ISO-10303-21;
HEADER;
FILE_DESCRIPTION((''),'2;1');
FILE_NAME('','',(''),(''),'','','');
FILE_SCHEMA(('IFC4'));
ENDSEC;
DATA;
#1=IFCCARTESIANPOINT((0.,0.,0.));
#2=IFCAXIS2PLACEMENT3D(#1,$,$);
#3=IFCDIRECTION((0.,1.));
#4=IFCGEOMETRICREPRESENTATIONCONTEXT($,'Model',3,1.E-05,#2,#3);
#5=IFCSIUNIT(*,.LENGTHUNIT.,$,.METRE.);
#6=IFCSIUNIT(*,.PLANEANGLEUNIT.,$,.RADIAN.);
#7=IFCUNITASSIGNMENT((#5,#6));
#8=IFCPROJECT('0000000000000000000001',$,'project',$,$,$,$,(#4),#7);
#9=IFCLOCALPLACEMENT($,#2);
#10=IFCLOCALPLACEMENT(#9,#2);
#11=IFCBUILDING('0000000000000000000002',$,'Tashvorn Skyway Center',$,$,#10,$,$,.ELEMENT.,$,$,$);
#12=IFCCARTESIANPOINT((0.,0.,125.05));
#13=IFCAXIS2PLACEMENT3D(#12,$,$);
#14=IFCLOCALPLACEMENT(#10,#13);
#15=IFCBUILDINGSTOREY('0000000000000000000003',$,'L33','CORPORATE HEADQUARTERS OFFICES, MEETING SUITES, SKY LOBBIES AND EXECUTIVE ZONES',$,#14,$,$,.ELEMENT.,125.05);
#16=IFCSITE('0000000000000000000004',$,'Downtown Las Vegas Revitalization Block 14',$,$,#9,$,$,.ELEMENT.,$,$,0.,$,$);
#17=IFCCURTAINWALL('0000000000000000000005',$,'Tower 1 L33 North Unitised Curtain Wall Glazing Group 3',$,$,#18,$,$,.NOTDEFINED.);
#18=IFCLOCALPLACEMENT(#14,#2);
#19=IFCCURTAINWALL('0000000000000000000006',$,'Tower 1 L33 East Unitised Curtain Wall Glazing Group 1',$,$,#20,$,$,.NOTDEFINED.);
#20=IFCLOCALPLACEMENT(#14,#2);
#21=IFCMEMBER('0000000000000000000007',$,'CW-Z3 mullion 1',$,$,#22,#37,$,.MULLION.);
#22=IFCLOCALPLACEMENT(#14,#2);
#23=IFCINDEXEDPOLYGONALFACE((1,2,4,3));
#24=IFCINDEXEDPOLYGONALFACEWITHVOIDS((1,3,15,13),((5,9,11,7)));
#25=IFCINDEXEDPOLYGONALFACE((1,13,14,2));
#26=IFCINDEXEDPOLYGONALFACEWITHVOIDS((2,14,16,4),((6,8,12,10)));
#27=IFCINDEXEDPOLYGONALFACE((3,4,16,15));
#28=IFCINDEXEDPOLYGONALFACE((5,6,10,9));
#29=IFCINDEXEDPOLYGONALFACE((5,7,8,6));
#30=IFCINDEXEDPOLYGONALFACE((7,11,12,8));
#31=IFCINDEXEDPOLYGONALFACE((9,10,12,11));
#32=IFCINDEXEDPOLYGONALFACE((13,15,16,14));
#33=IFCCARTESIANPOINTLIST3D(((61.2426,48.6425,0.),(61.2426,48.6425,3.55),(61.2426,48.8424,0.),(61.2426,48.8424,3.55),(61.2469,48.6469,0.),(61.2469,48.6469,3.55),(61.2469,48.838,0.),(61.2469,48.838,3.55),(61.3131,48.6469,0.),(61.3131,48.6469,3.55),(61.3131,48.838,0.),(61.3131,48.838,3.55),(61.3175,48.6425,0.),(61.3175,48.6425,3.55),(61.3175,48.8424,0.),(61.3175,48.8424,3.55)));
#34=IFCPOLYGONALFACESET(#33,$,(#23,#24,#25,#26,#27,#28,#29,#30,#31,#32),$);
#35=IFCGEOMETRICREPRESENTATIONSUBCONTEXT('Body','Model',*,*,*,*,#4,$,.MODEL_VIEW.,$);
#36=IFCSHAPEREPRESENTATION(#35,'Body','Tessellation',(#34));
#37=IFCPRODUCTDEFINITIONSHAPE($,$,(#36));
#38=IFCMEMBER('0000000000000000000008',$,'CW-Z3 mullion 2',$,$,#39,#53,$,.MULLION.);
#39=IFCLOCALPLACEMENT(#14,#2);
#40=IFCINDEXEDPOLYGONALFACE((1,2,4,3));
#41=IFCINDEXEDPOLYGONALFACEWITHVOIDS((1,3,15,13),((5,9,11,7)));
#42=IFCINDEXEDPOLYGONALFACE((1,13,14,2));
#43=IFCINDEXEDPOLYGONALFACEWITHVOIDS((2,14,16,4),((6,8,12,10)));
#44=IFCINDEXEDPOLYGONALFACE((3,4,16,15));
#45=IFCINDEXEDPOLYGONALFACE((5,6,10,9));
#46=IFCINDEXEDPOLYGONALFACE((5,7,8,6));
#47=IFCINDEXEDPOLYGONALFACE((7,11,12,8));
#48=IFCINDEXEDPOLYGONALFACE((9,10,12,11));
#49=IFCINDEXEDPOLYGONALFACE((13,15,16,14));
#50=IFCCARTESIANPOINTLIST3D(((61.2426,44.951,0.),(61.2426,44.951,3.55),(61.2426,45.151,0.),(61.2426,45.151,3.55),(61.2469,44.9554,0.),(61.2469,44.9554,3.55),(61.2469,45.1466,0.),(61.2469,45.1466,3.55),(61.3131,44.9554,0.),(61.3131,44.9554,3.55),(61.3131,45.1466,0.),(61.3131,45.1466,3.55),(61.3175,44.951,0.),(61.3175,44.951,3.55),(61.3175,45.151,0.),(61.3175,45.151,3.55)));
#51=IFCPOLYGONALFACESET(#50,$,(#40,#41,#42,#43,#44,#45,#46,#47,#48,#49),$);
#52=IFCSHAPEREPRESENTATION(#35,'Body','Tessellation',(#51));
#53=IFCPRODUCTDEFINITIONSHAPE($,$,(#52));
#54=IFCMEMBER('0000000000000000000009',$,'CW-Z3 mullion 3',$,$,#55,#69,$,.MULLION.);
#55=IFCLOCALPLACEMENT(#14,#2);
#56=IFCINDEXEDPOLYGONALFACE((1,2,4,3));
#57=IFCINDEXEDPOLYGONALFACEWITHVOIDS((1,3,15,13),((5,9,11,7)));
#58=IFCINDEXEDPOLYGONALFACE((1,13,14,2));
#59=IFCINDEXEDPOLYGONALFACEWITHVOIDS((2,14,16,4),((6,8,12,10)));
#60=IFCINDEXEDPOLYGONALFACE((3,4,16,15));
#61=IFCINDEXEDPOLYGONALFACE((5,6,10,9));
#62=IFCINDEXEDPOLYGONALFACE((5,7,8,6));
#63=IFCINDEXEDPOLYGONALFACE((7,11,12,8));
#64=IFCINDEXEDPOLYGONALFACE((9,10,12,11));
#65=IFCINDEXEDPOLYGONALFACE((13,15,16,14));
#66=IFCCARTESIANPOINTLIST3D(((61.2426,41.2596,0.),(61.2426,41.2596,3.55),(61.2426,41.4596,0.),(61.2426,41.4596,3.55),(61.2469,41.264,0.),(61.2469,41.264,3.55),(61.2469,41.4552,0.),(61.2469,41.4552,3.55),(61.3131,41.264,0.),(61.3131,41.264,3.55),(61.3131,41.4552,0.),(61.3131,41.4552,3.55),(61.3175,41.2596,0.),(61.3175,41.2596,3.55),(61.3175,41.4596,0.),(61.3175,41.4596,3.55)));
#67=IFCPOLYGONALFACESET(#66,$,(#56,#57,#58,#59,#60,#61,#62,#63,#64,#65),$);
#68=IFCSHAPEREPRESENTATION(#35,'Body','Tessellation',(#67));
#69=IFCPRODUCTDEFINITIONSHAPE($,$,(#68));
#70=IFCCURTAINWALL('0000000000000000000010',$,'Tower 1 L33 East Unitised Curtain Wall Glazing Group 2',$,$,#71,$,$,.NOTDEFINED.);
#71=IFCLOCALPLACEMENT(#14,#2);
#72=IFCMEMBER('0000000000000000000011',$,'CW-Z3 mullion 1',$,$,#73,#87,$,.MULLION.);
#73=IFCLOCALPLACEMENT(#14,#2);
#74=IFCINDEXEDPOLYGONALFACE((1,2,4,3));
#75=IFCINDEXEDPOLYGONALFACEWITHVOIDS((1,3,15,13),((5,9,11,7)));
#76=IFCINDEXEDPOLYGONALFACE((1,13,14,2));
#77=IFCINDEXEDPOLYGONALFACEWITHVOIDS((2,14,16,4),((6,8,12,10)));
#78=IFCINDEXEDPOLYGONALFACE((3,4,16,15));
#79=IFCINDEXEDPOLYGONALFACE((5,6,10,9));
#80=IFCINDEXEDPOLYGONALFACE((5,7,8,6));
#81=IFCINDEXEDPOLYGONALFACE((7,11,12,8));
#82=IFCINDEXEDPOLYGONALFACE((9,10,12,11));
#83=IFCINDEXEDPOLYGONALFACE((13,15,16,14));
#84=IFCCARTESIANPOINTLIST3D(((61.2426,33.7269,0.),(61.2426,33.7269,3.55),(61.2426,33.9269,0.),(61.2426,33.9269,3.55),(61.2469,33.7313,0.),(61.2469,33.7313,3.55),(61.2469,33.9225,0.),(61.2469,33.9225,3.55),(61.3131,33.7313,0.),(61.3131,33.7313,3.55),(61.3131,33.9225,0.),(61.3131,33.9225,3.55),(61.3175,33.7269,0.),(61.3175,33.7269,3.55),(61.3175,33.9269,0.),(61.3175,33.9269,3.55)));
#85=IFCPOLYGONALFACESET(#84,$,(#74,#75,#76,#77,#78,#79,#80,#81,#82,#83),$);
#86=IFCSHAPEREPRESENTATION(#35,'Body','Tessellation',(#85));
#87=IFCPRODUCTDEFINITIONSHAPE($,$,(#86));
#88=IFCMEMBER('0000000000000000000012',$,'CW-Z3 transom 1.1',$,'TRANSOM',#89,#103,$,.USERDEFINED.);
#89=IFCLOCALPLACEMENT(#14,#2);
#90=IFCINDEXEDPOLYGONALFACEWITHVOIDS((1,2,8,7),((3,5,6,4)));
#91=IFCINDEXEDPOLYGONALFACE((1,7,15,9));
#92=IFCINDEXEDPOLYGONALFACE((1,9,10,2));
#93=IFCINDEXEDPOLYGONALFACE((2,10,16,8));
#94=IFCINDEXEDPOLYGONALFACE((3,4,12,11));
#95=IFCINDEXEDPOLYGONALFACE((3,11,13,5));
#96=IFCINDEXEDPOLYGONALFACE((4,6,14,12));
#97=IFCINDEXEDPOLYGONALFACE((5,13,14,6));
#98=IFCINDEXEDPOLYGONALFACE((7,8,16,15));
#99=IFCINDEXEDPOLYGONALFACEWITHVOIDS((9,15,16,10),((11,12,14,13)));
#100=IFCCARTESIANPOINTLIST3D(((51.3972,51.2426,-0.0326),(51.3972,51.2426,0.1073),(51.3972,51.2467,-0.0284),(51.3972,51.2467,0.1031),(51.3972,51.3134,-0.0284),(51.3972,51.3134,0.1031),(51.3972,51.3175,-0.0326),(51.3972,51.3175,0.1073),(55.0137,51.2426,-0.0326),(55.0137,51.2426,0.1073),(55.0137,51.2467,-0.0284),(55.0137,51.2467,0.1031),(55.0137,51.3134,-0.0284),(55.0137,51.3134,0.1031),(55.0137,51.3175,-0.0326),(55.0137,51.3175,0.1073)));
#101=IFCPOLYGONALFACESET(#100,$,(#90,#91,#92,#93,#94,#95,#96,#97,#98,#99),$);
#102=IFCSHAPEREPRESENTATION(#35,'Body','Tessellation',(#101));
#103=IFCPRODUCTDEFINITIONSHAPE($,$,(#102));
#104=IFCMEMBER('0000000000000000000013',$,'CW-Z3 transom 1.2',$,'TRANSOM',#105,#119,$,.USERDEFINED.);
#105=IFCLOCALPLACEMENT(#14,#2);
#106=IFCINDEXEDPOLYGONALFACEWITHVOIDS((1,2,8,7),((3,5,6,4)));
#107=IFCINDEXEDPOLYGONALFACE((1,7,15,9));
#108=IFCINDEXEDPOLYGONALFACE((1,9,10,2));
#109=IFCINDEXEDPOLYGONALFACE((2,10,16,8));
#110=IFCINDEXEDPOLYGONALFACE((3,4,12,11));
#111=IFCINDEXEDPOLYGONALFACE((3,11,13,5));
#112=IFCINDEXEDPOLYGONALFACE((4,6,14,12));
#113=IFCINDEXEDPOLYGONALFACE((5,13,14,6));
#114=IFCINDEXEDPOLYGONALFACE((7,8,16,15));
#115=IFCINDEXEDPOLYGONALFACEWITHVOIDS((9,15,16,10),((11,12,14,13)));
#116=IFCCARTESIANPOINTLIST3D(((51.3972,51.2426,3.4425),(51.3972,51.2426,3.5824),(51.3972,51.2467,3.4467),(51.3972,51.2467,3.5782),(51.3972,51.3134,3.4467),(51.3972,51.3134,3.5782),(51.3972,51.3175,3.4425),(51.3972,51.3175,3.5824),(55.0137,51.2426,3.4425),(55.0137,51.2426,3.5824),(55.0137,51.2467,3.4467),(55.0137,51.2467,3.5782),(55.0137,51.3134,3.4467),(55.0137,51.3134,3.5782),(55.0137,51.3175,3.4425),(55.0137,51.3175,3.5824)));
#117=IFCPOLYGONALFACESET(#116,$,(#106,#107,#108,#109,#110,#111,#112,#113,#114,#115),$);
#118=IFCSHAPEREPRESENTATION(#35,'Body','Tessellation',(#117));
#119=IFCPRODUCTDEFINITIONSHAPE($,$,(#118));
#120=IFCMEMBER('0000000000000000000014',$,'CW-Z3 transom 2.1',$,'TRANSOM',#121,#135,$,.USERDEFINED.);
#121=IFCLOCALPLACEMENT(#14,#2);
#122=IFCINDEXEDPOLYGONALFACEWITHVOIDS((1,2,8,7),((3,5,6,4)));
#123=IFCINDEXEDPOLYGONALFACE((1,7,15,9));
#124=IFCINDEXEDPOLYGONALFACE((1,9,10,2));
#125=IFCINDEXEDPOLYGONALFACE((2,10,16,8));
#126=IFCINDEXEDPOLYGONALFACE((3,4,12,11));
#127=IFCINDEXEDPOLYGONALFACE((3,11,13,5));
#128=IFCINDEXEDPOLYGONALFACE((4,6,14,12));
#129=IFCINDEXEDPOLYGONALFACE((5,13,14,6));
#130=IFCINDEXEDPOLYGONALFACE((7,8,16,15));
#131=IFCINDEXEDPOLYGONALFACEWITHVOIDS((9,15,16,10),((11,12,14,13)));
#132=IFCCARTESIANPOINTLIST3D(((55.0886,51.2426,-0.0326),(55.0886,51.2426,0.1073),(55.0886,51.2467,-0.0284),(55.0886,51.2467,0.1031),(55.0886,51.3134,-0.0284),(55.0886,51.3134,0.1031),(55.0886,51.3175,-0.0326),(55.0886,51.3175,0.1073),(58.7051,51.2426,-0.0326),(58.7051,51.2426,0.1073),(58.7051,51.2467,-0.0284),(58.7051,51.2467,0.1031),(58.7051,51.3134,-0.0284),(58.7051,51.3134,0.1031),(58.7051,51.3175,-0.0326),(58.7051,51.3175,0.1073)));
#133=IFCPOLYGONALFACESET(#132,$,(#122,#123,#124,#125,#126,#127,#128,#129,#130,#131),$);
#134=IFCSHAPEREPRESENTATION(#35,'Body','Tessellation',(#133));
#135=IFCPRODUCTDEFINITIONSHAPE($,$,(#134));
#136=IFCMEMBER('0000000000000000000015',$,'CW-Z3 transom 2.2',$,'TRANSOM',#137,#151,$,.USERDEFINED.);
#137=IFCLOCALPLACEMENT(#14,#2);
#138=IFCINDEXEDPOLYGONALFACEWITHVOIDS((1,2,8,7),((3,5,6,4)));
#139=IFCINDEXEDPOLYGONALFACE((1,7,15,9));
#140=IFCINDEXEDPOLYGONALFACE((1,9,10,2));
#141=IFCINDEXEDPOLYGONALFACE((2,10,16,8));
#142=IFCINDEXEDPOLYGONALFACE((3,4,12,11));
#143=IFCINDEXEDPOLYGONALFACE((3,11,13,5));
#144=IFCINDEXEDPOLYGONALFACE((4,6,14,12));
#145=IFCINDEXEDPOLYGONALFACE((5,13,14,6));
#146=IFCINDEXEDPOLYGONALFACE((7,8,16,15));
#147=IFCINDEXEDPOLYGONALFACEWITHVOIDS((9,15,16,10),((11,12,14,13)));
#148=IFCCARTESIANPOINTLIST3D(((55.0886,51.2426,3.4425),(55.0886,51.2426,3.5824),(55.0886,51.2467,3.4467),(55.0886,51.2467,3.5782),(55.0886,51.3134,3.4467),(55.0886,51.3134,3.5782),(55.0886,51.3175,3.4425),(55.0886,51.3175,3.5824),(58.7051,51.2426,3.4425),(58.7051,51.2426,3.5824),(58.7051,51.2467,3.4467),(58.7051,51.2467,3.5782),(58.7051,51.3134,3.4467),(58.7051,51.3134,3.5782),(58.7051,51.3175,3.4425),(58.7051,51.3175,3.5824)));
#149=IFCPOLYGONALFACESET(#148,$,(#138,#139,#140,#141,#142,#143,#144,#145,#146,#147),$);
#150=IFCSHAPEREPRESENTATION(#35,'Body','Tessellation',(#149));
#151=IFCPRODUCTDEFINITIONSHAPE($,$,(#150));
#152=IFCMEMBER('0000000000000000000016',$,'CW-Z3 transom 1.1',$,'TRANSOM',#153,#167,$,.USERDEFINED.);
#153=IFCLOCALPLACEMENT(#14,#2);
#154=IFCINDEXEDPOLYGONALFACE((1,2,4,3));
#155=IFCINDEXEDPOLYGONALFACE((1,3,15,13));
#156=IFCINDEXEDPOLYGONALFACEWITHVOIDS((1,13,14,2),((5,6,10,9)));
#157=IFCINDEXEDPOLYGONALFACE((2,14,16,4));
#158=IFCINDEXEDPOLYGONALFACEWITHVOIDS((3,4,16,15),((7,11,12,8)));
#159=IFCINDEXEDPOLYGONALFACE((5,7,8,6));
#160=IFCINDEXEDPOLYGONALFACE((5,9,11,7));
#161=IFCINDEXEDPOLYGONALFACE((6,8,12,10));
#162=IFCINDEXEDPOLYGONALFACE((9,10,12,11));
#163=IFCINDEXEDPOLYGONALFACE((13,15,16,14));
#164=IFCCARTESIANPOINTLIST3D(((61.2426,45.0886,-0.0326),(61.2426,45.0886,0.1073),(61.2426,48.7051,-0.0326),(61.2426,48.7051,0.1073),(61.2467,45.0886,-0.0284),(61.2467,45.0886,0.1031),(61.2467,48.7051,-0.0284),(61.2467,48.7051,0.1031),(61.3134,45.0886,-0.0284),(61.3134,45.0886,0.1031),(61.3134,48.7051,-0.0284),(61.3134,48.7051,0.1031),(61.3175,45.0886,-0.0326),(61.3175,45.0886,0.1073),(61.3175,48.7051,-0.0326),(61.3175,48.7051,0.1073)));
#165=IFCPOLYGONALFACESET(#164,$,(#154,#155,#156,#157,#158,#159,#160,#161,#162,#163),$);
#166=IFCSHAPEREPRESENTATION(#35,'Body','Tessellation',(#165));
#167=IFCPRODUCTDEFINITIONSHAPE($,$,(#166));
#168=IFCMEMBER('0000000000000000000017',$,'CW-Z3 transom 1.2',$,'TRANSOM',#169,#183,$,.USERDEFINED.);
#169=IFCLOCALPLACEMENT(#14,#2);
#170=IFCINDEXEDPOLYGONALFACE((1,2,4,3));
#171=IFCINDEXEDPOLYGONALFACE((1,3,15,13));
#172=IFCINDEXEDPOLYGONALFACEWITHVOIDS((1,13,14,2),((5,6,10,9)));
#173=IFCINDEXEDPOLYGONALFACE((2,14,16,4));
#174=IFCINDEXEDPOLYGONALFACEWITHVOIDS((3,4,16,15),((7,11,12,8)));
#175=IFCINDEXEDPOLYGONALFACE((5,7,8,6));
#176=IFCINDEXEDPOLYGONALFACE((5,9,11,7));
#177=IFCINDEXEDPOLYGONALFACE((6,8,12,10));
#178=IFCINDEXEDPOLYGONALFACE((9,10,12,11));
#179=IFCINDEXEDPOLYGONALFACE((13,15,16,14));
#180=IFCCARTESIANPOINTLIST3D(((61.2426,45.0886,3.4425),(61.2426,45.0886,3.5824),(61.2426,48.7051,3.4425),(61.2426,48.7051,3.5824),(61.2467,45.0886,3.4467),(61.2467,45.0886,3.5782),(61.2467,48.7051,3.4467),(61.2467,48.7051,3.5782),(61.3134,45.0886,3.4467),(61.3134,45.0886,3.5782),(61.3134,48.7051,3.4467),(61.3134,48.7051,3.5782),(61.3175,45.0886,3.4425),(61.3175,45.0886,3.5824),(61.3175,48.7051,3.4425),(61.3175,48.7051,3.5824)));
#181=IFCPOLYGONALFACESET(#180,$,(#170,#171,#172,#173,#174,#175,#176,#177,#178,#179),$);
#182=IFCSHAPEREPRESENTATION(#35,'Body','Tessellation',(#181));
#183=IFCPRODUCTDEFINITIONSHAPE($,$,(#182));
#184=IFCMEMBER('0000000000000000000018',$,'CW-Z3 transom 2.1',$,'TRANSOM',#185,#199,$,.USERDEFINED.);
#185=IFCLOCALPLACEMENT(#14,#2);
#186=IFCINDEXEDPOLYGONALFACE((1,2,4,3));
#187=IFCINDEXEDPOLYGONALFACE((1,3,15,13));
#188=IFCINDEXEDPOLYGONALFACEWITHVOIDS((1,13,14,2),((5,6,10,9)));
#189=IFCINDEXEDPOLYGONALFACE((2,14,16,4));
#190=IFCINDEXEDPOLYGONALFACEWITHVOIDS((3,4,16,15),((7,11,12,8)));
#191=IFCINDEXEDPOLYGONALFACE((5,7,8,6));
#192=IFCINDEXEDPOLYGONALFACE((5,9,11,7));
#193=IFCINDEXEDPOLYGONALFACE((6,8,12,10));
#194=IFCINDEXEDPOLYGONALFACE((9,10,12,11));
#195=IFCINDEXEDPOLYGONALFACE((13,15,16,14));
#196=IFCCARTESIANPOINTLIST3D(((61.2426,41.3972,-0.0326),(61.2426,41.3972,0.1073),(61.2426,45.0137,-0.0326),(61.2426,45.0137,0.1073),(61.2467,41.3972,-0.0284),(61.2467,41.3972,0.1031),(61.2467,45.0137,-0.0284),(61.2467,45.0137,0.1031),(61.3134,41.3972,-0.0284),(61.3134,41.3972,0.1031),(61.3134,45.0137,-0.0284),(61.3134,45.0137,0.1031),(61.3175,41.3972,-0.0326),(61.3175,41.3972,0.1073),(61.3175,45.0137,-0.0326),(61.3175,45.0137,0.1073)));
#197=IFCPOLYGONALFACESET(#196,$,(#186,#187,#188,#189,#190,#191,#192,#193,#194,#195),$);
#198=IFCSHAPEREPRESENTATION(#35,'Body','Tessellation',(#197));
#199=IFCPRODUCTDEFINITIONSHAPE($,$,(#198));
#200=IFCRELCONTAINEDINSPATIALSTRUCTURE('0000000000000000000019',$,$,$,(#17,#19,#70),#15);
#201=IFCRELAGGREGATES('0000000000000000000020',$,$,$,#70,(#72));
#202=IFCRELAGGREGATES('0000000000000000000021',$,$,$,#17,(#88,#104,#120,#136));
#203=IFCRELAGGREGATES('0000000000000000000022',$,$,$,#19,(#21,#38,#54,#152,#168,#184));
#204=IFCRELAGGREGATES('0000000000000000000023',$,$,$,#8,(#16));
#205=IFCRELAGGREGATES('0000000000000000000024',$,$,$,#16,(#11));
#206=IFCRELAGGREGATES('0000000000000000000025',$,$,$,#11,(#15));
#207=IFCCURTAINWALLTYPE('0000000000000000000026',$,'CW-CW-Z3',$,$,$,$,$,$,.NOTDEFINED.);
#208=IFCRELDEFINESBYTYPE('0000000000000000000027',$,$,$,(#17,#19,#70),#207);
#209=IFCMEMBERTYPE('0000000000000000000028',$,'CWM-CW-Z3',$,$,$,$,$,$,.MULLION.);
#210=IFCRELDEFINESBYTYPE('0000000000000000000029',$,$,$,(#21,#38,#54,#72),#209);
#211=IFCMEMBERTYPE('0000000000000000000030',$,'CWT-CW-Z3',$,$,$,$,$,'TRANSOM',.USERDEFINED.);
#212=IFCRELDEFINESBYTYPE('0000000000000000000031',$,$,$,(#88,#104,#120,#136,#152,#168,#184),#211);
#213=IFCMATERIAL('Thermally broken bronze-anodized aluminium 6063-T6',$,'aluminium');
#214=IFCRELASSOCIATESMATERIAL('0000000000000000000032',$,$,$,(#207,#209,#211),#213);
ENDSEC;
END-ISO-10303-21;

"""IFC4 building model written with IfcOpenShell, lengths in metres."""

from ifc_helpers import new_model, si_unit, direction, frame, origin, origin_2d, place, context, subcontext, project, spatial, hollow_rectangle, extrude, material, material_profile, profile_set, type_object, element, aggregate, save


model = new_model("IFC4")

# Units and contexts
model_context = context("Model", 3, precision=1e-05, world=origin(), true_north=direction((0.0, 1.0)))
body_context = subcontext(model_context, "Body", "Model", "MODEL_VIEW")
ifc_project = project(units=[si_unit("LENGTHUNIT", "METRE"), si_unit("PLANEANGLEUNIT", "RADIAN")], contexts=[model_context])

# Site, building, storey
site_placement = place(None, origin())
site = spatial("IfcSite", under=ifc_project, at=site_placement, Name="Downtown Las Vegas Revitalization Block 14", CompositionType="ELEMENT", RefElevation=0.0)
building_placement = place(site_placement, origin())
building = spatial("IfcBuilding", under=site, at=building_placement, Name="Tashvorn Skyway Center", CompositionType="ELEMENT")
storey_placement = place(building_placement, frame((0.0, 0.0, 125.05)))
storey = spatial("IfcBuildingStorey", under=building, at=storey_placement, Name="L33", Description="CORPORATE HEADQUARTERS OFFICES, MEETING SUITES, SKY LOBBIES AND EXECUTIVE ZONES", CompositionType="ELEMENT", Elevation=125.05)

# Curtain walls, members
ifc_material_1 = material(Name="Thermally broken bronze-anodized aluminium 6063-T6", Category="aluminium")
curtain_wall_type = type_object("IfcCurtainWallType", Name="CW-CW-Z3", PredefinedType="NOTDEFINED", material=ifc_material_1)
curtain_wall_1_placement = place(storey_placement, origin())
curtain_wall_1 = element("IfcCurtainWall", 1, at=curtain_wall_1_placement, inside=storey, type_object=curtain_wall_type, Name="Tower 1 L33 North Unitised Curtain Wall Glazing Group 3", PredefinedType="NOTDEFINED")
ifc_material_profile_1 = material_profile(ifc_material_1, hollow_rectangle(XDim=0.075, YDim=0.2, WallThickness=0.0044, at=origin_2d()), Name="ALU-MULL-75x200")
ifc_profile_set_1 = profile_set([ifc_material_profile_1], Name="Thermally broken bronze-anodized aluminium 6063-T6")
member_type_1 = type_object("IfcMemberType", Name="CWM-CW-Z3", PredefinedType="MULLION", material=ifc_profile_set_1)
curtain_wall_2_placement = place(storey_placement, origin())
curtain_wall_2 = element("IfcCurtainWall", 2, at=curtain_wall_2_placement, inside=storey, type_object=curtain_wall_type, Name="Tower 1 L33 East Unitised Curtain Wall Glazing Group 1", PredefinedType="NOTDEFINED")
member_1_placement = place(storey_placement, frame((61.28, 48.7424, 0.0), z_axis=(0.0, 0.0, 1.0), x_axis=(1.0, 0.0, 0.0)))
member_1 = element("IfcMember", 3, at=member_1_placement, type_object=member_type_1, Name="CW-Z3 mullion 1", PredefinedType="MULLION", context=body_context, shape_type="SweptSolid", body=[
    extrude(hollow_rectangle(XDim=0.075, YDim=0.2, WallThickness=0.0044, at=origin_2d()), origin(), (0.0, 0.0, 1.0), 3.55),
])
member_2_placement = place(storey_placement, frame((61.28, 45.051, 0.0), z_axis=(0.0, 0.0, 1.0), x_axis=(1.0, 0.0, 0.0)))
member_2 = element("IfcMember", 4, at=member_2_placement, type_object=member_type_1, Name="CW-Z3 mullion 2", PredefinedType="MULLION", context=body_context, shape_type="SweptSolid", body=[
    extrude(hollow_rectangle(XDim=0.075, YDim=0.2, WallThickness=0.0044, at=origin_2d()), origin(), (0.0, 0.0, 1.0), 3.55),
])
member_3_placement = place(storey_placement, frame((61.28, 41.3596, 0.0), z_axis=(0.0, 0.0, 1.0), x_axis=(1.0, 0.0, 0.0)))
member_3 = element("IfcMember", 5, at=member_3_placement, type_object=member_type_1, Name="CW-Z3 mullion 3", PredefinedType="MULLION", context=body_context, shape_type="SweptSolid", body=[
    extrude(hollow_rectangle(XDim=0.075, YDim=0.2, WallThickness=0.0044, at=origin_2d()), origin(), (0.0, 0.0, 1.0), 3.55),
])

# Curtain wall, member
curtain_wall_3_placement = place(storey_placement, origin())
curtain_wall_3 = element("IfcCurtainWall", 6, at=curtain_wall_3_placement, inside=storey, type_object=curtain_wall_type, Name="Tower 1 L33 East Unitised Curtain Wall Glazing Group 2", PredefinedType="NOTDEFINED")
member_4_placement = place(storey_placement, frame((61.28, 33.8269, 0.0), z_axis=(0.0, 0.0, 1.0), x_axis=(1.0, 0.0, 0.0)))
member_4 = element("IfcMember", 7, at=member_4_placement, type_object=member_type_1, Name="CW-Z3 mullion 1", PredefinedType="MULLION", context=body_context, shape_type="SweptSolid", body=[
    extrude(hollow_rectangle(XDim=0.075, YDim=0.2, WallThickness=0.0044, at=origin_2d()), origin(), (0.0, 0.0, 1.0), 3.55),
])

# Members
ifc_material_profile_2 = material_profile(ifc_material_1, hollow_rectangle(XDim=0.075, YDim=0.1399, WallThickness=0.0042, at=origin_2d()), Name="ALU-TRAN-75x140")
ifc_profile_set_2 = profile_set([ifc_material_profile_2], Name="Thermally broken bronze-anodized aluminium 6063-T6")
member_type_2 = type_object("IfcMemberType", Name="CWT-CW-Z3", ElementType="TRANSOM", PredefinedType="USERDEFINED", material=ifc_profile_set_2)
member_5_placement = place(storey_placement, frame((51.3972, 51.28, 0.0374), z_axis=(1.0, 0.0, 0.0), x_axis=(0.0, 1.0, 0.0)))
member_5 = element("IfcMember", 8, at=member_5_placement, type_object=member_type_2, Name="CW-Z3 transom 1.1", ObjectType="TRANSOM", PredefinedType="USERDEFINED", context=body_context, shape_type="SweptSolid", body=[
    extrude(hollow_rectangle(XDim=0.075, YDim=0.1399, WallThickness=0.0042, at=origin_2d()), origin(), (0.0, 0.0, 1.0), 3.6165),
])
member_6_placement = place(storey_placement, frame((51.3972, 51.28, 3.5125), z_axis=(1.0, 0.0, 0.0), x_axis=(0.0, 1.0, 0.0)))
member_6 = element("IfcMember", 9, at=member_6_placement, type_object=member_type_2, Name="CW-Z3 transom 1.2", ObjectType="TRANSOM", PredefinedType="USERDEFINED", context=body_context, shape_type="SweptSolid", body=[
    extrude(hollow_rectangle(XDim=0.075, YDim=0.1399, WallThickness=0.0042, at=origin_2d()), origin(), (0.0, 0.0, 1.0), 3.6165),
])
member_7_placement = place(storey_placement, frame((55.0886, 51.28, 0.0374), z_axis=(1.0, 0.0, 0.0), x_axis=(0.0, 1.0, 0.0)))
member_7 = element("IfcMember", 10, at=member_7_placement, type_object=member_type_2, Name="CW-Z3 transom 2.1", ObjectType="TRANSOM", PredefinedType="USERDEFINED", context=body_context, shape_type="SweptSolid", body=[
    extrude(hollow_rectangle(XDim=0.075, YDim=0.1399, WallThickness=0.0042, at=origin_2d()), origin(), (0.0, 0.0, 1.0), 3.6165),
])
member_8_placement = place(storey_placement, frame((55.0886, 51.28, 3.5125), z_axis=(1.0, 0.0, 0.0), x_axis=(0.0, 1.0, 0.0)))
member_8 = element("IfcMember", 11, at=member_8_placement, type_object=member_type_2, Name="CW-Z3 transom 2.2", ObjectType="TRANSOM", PredefinedType="USERDEFINED", context=body_context, shape_type="SweptSolid", body=[
    extrude(hollow_rectangle(XDim=0.075, YDim=0.1399, WallThickness=0.0042, at=origin_2d()), origin(), (0.0, 0.0, 1.0), 3.6165),
])
member_9_placement = place(storey_placement, frame((61.28, 48.7051, 0.0374), z_axis=(0.0, -1.0, 0.0), x_axis=(1.0, 0.0, 0.0)))
member_9 = element("IfcMember", 12, at=member_9_placement, type_object=member_type_2, Name="CW-Z3 transom 1.1", ObjectType="TRANSOM", PredefinedType="USERDEFINED", context=body_context, shape_type="SweptSolid", body=[
    extrude(hollow_rectangle(XDim=0.075, YDim=0.1399, WallThickness=0.0042, at=origin_2d()), origin(), (0.0, 0.0, 1.0), 3.6165),
])
member_10_placement = place(storey_placement, frame((61.28, 48.7051, 3.5125), z_axis=(0.0, -1.0, 0.0), x_axis=(1.0, 0.0, 0.0)))
member_10 = element("IfcMember", 13, at=member_10_placement, type_object=member_type_2, Name="CW-Z3 transom 1.2", ObjectType="TRANSOM", PredefinedType="USERDEFINED", context=body_context, shape_type="SweptSolid", body=[
    extrude(hollow_rectangle(XDim=0.075, YDim=0.1399, WallThickness=0.0042, at=origin_2d()), origin(), (0.0, 0.0, 1.0), 3.6165),
])
member_11_placement = place(storey_placement, frame((61.28, 45.0137, 0.0374), z_axis=(0.0, -1.0, 0.0), x_axis=(1.0, 0.0, 0.0)))
member_11 = element("IfcMember", 14, at=member_11_placement, type_object=member_type_2, Name="CW-Z3 transom 2.1", ObjectType="TRANSOM", PredefinedType="USERDEFINED", context=body_context, shape_type="SweptSolid", body=[
    extrude(hollow_rectangle(XDim=0.075, YDim=0.1399, WallThickness=0.0042, at=origin_2d()), origin(), (0.0, 0.0, 1.0), 3.6165),
])
aggregate(curtain_wall_3, [member_4])

aggregate(curtain_wall_1, [member_5, member_6, member_7, member_8])
aggregate(curtain_wall_2, [member_1, member_2, member_3, member_9, member_10, member_11])

save(model, "model.ifc")
